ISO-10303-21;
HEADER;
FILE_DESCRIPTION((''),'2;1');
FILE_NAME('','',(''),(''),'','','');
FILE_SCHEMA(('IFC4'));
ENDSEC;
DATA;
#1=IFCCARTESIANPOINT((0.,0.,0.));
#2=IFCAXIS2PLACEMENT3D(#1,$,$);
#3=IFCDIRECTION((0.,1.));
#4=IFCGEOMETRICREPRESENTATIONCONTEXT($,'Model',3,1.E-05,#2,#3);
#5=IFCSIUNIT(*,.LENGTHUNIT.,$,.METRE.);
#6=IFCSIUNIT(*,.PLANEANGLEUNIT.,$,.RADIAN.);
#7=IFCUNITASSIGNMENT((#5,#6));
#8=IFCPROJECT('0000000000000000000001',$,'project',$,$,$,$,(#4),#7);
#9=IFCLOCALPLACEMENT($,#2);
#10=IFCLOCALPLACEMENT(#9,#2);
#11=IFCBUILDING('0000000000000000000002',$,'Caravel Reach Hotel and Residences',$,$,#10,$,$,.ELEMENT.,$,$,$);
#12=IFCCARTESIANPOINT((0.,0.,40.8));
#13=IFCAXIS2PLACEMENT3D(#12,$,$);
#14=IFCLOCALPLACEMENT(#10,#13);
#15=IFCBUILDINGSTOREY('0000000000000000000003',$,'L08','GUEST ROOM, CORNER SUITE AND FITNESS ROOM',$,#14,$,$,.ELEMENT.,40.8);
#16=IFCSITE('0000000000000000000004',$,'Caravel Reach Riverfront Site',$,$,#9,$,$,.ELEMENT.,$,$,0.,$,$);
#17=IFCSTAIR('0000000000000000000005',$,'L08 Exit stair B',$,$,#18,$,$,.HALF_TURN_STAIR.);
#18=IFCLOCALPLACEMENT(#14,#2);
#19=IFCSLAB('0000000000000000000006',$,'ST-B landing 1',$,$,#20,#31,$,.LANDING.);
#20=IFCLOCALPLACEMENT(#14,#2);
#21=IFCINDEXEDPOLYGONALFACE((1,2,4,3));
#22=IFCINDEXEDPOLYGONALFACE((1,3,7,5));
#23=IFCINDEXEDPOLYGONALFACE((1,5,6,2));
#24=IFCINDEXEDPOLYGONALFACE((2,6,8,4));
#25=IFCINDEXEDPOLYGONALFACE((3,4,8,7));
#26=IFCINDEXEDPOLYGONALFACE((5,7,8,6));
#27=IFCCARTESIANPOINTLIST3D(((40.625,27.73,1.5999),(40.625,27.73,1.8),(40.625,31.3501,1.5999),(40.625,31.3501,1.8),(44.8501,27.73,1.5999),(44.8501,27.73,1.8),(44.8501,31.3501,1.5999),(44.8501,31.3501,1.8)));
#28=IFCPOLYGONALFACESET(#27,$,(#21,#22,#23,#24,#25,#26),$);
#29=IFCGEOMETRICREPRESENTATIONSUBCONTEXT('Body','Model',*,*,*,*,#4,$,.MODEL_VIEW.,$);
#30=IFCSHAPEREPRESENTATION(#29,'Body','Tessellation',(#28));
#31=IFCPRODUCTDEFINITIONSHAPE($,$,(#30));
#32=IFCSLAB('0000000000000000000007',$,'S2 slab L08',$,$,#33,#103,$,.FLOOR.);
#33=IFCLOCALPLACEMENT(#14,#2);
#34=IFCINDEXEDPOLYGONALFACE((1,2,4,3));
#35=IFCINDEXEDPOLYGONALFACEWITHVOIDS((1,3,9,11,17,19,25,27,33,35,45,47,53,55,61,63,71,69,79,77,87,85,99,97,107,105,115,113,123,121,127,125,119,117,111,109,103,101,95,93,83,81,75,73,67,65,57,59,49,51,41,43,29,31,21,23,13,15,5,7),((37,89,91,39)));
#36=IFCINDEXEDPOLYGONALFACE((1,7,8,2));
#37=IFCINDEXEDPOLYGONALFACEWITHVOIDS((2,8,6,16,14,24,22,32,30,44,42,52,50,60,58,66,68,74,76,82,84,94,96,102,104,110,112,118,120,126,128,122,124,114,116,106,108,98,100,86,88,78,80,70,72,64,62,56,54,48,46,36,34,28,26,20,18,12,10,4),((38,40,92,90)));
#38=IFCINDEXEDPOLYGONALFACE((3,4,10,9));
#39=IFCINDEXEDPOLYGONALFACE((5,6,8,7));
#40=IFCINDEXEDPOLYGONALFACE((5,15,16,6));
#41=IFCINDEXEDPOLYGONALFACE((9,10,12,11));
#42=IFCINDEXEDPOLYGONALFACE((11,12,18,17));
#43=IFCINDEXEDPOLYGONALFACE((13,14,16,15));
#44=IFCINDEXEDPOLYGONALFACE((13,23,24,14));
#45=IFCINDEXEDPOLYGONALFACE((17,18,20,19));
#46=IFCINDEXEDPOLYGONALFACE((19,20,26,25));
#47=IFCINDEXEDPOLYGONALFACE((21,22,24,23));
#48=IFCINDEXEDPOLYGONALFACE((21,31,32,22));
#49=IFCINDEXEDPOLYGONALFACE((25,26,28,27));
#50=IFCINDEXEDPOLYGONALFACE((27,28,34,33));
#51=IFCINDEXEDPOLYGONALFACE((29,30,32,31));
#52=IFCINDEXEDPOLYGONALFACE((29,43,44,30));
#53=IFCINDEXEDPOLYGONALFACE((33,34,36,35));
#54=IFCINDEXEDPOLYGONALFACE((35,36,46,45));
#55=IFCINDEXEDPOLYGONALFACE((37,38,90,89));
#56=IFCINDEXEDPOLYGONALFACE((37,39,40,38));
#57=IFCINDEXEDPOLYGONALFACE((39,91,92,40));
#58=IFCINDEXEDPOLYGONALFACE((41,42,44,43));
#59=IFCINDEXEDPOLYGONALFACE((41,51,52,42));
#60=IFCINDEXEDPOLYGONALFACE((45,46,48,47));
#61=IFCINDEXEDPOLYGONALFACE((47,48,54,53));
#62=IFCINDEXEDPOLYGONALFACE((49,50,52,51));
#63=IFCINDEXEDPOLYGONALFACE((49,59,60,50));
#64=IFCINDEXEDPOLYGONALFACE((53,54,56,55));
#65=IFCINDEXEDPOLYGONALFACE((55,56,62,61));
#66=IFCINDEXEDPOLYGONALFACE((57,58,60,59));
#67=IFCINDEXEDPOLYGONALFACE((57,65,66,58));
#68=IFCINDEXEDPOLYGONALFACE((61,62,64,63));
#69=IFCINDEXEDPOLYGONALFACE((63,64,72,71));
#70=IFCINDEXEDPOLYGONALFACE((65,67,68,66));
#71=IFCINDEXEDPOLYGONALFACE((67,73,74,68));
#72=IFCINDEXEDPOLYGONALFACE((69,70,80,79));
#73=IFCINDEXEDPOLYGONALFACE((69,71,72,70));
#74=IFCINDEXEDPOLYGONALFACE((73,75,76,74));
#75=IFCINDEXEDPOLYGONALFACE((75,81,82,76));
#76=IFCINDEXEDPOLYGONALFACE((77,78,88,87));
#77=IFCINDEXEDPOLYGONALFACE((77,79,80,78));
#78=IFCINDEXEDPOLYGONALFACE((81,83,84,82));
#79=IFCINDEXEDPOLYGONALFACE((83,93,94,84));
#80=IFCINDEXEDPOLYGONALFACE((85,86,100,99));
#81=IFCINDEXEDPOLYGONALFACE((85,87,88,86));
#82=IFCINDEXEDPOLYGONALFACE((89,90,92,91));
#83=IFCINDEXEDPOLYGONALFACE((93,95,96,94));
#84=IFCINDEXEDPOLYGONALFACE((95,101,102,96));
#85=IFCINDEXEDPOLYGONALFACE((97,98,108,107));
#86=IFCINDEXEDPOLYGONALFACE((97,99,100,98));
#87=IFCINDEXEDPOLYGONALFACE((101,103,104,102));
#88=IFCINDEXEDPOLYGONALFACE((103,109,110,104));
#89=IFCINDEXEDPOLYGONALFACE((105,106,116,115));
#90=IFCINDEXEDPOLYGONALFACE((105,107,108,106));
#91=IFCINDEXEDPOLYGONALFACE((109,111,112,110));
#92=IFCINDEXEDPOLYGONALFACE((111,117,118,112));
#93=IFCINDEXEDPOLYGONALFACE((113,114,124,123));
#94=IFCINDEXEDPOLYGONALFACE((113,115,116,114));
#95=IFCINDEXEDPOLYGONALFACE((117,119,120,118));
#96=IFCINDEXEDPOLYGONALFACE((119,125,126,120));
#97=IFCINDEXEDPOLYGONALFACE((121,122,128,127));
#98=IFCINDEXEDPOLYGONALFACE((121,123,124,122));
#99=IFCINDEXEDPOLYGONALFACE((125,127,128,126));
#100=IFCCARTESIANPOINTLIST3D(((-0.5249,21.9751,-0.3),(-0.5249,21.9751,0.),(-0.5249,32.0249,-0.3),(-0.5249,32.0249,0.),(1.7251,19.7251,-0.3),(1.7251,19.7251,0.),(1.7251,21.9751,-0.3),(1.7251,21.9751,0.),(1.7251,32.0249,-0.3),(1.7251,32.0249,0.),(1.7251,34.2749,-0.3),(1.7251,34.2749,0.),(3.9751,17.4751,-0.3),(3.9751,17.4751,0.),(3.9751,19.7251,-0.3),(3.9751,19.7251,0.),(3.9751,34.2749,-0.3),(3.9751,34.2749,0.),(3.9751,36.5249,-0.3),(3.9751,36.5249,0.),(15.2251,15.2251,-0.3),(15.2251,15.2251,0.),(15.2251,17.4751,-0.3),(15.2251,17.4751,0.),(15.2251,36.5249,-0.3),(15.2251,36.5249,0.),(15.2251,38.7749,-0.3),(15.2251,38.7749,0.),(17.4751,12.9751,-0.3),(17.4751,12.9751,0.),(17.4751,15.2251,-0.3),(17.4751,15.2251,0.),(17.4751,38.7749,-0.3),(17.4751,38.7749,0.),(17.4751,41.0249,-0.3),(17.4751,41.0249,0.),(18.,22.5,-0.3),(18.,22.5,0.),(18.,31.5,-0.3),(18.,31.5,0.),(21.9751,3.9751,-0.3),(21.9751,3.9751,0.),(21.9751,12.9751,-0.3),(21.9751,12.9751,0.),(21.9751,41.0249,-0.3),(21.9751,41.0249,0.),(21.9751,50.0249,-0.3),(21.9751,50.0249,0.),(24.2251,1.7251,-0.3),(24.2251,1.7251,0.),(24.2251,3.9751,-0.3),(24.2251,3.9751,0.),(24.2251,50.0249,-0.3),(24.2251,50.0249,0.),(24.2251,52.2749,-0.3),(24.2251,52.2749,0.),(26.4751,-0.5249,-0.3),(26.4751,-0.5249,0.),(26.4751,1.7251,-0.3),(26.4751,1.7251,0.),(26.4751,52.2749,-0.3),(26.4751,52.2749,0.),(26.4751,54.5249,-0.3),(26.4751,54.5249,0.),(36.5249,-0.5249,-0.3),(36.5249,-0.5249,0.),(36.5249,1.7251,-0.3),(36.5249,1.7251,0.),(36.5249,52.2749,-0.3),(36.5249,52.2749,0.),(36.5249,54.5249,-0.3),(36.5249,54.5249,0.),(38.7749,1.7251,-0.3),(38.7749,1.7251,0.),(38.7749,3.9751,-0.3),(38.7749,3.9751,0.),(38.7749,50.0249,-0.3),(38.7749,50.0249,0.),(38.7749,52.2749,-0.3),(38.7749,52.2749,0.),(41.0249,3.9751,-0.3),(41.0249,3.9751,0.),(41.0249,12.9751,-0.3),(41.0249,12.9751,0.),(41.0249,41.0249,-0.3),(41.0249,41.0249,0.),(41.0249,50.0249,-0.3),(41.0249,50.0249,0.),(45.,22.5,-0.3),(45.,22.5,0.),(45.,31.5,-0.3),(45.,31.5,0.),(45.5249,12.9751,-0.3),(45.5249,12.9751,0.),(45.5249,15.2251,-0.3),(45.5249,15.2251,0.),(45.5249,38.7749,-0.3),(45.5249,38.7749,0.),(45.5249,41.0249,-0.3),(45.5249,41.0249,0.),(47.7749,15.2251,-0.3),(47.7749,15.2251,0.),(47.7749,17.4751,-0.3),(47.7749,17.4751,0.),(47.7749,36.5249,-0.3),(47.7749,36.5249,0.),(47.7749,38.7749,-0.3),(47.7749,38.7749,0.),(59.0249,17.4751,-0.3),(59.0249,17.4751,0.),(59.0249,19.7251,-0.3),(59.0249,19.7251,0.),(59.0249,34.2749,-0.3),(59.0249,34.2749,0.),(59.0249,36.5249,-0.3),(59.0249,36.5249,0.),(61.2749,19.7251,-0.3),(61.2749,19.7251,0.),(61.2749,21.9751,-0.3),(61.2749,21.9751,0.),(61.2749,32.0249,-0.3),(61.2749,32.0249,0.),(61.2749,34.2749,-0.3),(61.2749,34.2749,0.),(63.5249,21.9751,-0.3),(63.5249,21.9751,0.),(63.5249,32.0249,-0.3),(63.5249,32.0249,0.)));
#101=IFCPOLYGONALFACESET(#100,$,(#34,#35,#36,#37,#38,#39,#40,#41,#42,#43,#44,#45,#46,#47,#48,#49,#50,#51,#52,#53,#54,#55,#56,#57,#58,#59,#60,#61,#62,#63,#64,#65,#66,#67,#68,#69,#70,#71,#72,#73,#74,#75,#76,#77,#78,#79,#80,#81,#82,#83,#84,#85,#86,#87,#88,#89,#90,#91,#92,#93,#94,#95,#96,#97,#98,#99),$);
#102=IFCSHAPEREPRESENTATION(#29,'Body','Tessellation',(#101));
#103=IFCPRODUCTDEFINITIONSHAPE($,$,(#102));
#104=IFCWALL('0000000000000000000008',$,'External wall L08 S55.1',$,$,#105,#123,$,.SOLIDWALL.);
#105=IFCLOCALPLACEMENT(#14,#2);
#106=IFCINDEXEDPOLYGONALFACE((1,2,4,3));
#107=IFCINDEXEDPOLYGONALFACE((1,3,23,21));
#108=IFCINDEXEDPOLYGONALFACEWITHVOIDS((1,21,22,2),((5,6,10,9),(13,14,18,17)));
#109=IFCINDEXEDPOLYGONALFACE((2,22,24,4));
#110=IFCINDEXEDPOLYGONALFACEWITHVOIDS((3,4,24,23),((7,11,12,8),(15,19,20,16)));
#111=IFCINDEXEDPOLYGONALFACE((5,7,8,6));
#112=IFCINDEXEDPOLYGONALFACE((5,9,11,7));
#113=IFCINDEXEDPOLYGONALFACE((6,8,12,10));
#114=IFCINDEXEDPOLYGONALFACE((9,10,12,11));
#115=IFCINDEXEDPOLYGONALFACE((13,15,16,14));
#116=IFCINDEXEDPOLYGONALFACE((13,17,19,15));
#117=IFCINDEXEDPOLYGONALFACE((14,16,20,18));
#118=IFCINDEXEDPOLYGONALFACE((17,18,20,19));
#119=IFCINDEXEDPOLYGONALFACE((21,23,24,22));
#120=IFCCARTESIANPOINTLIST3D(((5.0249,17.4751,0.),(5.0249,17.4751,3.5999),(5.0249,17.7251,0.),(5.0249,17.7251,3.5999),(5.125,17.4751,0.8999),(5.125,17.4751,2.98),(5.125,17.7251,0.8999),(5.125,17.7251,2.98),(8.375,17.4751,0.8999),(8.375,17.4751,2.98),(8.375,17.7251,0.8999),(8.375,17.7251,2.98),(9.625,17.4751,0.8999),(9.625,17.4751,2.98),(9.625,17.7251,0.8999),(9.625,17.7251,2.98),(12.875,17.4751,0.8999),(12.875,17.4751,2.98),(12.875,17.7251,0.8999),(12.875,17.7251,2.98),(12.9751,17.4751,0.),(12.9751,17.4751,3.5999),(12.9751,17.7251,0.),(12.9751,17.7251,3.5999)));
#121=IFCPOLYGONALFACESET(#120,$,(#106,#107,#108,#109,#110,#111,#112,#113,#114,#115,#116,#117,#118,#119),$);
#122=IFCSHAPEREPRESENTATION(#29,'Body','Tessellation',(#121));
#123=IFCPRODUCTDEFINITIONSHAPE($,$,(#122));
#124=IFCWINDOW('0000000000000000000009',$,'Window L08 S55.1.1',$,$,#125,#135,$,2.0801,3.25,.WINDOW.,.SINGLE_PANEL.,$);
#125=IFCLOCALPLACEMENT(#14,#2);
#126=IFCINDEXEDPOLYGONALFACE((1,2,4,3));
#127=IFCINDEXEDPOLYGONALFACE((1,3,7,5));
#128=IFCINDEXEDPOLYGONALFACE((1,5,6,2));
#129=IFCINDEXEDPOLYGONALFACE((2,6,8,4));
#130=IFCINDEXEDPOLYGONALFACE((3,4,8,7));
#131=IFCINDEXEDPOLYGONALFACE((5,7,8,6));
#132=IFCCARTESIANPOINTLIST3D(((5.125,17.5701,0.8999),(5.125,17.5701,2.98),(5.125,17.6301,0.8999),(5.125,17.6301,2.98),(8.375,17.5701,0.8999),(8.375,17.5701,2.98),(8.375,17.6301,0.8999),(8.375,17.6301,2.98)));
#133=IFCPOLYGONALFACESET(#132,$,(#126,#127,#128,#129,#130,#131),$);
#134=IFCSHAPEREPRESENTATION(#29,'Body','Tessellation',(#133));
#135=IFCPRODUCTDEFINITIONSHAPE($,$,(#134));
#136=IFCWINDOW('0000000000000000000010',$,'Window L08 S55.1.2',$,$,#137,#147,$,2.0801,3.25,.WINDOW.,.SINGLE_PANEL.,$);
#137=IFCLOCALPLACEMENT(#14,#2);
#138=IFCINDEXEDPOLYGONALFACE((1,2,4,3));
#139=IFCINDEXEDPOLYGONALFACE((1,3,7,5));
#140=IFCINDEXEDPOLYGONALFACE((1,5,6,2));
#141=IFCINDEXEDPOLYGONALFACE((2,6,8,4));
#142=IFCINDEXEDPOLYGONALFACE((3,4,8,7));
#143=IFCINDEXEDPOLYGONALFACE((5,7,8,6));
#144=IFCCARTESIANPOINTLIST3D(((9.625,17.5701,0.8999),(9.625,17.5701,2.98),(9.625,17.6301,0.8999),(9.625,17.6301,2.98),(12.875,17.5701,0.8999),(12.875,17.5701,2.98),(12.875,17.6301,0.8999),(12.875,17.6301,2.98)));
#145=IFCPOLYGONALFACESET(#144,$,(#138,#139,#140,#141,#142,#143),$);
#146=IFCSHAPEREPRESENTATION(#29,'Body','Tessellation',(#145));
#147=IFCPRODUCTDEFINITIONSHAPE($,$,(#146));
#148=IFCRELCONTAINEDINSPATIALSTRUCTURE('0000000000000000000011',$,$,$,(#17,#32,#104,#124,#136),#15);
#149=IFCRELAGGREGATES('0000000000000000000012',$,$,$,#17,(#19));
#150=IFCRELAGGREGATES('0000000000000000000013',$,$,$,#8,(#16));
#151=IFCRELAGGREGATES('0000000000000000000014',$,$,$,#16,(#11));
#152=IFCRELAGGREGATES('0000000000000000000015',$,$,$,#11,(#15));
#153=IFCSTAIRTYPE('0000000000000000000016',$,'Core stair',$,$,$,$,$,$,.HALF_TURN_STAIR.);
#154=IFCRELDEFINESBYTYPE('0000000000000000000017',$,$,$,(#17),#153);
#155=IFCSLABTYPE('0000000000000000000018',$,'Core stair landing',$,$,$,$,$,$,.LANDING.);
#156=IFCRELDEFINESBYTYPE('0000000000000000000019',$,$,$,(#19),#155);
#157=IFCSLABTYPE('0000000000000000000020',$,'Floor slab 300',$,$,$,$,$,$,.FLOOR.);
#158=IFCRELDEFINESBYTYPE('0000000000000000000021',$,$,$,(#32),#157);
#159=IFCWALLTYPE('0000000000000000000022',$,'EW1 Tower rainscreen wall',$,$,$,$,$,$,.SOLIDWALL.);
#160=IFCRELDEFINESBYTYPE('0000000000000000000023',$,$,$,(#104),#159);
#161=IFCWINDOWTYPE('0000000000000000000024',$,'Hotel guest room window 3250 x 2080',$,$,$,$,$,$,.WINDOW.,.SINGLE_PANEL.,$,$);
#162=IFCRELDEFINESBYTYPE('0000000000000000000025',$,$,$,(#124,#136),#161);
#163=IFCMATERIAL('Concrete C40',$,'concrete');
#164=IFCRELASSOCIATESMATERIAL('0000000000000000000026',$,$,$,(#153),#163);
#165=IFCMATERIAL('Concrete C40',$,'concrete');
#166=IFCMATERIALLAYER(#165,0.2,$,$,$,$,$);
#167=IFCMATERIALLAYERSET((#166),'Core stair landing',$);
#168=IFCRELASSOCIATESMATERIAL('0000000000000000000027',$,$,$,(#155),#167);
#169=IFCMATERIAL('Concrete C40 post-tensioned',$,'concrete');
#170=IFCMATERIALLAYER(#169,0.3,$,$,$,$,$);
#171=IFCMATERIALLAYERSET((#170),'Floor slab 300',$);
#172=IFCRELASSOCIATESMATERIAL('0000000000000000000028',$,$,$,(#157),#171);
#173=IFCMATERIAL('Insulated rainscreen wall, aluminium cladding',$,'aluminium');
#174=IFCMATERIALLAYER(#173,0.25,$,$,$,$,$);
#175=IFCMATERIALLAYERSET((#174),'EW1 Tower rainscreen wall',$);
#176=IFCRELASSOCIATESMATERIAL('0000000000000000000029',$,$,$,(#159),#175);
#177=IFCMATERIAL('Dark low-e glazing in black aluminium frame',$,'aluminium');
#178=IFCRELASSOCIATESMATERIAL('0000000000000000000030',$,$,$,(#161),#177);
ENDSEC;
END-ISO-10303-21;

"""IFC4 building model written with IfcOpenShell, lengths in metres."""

from ifc_helpers import new_model, si_unit, direction, frame, frame_2d, origin, place, context, subcontext, project, spatial, polyline, rectangle, outline, extrude, material, layer, layer_set, type_object, element, fill, aggregate, save


model = new_model("IFC4")

# Units and contexts
model_context = context("Model", 3, precision=1e-05, world=origin(), true_north=direction((0.0, 1.0)))
body_context = subcontext(model_context, "Body", "Model", "MODEL_VIEW")
ifc_project = project(units=[si_unit("LENGTHUNIT", "METRE"), si_unit("PLANEANGLEUNIT", "RADIAN")], contexts=[model_context])

# Site, building, storey
site_placement = place(None, origin())
site = spatial("IfcSite", under=ifc_project, at=site_placement, Name="Caravel Reach Riverfront Site", CompositionType="ELEMENT", RefElevation=0.0)
building_placement = place(site_placement, origin())
building = spatial("IfcBuilding", under=site, at=building_placement, Name="Caravel Reach Hotel and Residences", CompositionType="ELEMENT")
storey_placement = place(building_placement, frame((0.0, 0.0, 40.8)))
storey = spatial("IfcBuildingStorey", under=building, at=storey_placement, Name="L08", Description="GUEST ROOM, CORNER SUITE AND FITNESS ROOM", CompositionType="ELEMENT", Elevation=40.8)

# Stair, slab
ifc_material_1 = material(Name="Concrete C40", Category="concrete")
stair_type = type_object("IfcStairType", Name="Core stair", PredefinedType="HALF_TURN_STAIR", material=ifc_material_1)
ifc_material_2 = material(Name="Concrete C40", Category="concrete")
ifc_layer_1 = layer(ifc_material_2, 0.2)
ifc_layer_set_1 = layer_set([ifc_layer_1], Name="Core stair landing")
slab_type_1 = type_object("IfcSlabType", Name="Core stair landing", PredefinedType="LANDING", material=ifc_layer_set_1)
stair_1_placement = place(storey_placement, origin())
stair_1 = element("IfcStair", 1, at=stair_1_placement, inside=storey, type_object=stair_type, Name="L08 Exit stair B", PredefinedType="HALF_TURN_STAIR")
slab_1_placement = place(storey_placement, frame((0.0, 0.0, 1.5999)))
slab_1 = element("IfcSlab", 2, at=slab_1_placement, type_object=slab_type_1, Name="ST-B landing 1", PredefinedType="LANDING", context=body_context, shape_type="SweptSolid", body=[
    extrude(outline(polyline([(44.8501, 27.73), (44.8501, 31.3501), (40.625, 31.3501), (40.625, 27.73), (44.8501, 27.73)])), origin(), (0.0, 0.0, 1.0), 0.2002),
])
aggregate(stair_1, [slab_1])

# Slab
ifc_material_3 = material(Name="Concrete C40 post-tensioned", Category="concrete")
ifc_layer_2 = layer(ifc_material_3, 0.3)
ifc_layer_set_2 = layer_set([ifc_layer_2], Name="Floor slab 300")
slab_type_2 = type_object("IfcSlabType", Name="Floor slab 300", PredefinedType="FLOOR", material=ifc_layer_set_2)
slab_2_placement = place(storey_placement, frame((0.0, 0.0, -0.3)))
element("IfcSlab", 3, at=slab_2_placement, inside=storey, type_object=slab_type_2, Name="S2 slab L08", PredefinedType="FLOOR", context=body_context, shape_type="SweptSolid", body=[
    extrude(outline(polyline([(17.4751, 12.9751), (17.4751, 15.2251), (15.2251, 15.2251), (15.2251, 17.4751), (3.9751, 17.4751), (3.9751, 19.7251), (1.7251, 19.7251), (1.7251, 21.9751), (-0.5249, 21.9751), (-0.5249, 32.0249), (1.7251, 32.0249), (1.7251, 34.2749), (3.9751, 34.2749), (3.9751, 36.5249), (15.2251, 36.5249), (15.2251, 38.7749), (17.4751, 38.7749), (17.4751, 41.0249), (21.9751, 41.0249), (21.9751, 50.0249), (24.2251, 50.0249), (24.2251, 52.2749), (26.4751, 52.2749), (26.4751, 54.5249), (36.5249, 54.5249), (36.5249, 52.2749), (38.7749, 52.2749), (38.7749, 50.0249), (41.0249, 50.0249), (41.0249, 41.0249), (45.5249, 41.0249), (45.5249, 38.7749), (47.7749, 38.7749), (47.7749, 36.5249), (59.0249, 36.5249), (59.0249, 34.2749), (61.2749, 34.2749), (61.2749, 32.0249), (63.5249, 32.0249), (63.5249, 21.9751), (61.2749, 21.9751), (61.2749, 19.7251), (59.0249, 19.7251), (59.0249, 17.4751), (47.7749, 17.4751), (47.7749, 15.2251), (45.5249, 15.2251), (45.5249, 12.9751), (41.0249, 12.9751), (41.0249, 3.9751), (38.7749, 3.9751), (38.7749, 1.7251), (36.5249, 1.7251), (36.5249, -0.5249), (26.4751, -0.5249), (26.4751, 1.7251), (24.2251, 1.7251), (24.2251, 3.9751), (21.9751, 3.9751), (21.9751, 12.9751), (17.4751, 12.9751)]), holes=[polyline([(45.0, 31.5), (18.0, 31.5), (18.0, 22.5), (45.0, 22.5), (45.0, 31.5)])]), origin(), (0.0, 0.0, 1.0), 0.3),
])

# Wall, openings, windows
ifc_material_4 = material(Name="Insulated rainscreen wall, aluminium cladding", Category="aluminium")
ifc_layer_3 = layer(ifc_material_4, 0.25)
ifc_layer_set_3 = layer_set([ifc_layer_3], Name="EW1 Tower rainscreen wall")
wall_type_1 = type_object("IfcWallType", Name="EW1 Tower rainscreen wall", PredefinedType="SOLIDWALL", material=ifc_layer_set_3)
wall_1_placement = place(storey_placement, frame((5.0249, 17.6001, 0.0), z_axis=(0.0, 0.0, 1.0), x_axis=(1.0, 0.0, 0.0)))
wall_1 = element("IfcWall", 4, at=wall_1_placement, inside=storey, type_object=wall_type_1, Name="External wall L08 S55.1", PredefinedType="SOLIDWALL", context=body_context, shape_type="SweptSolid", body=[
    extrude(rectangle(XDim=7.9502, YDim=0.25, at=frame_2d((3.9751, 0.0))), origin(), (0.0, 0.0, 1.0), 3.5999),
])
opening_1_placement = place(wall_1_placement, frame((0.1001, 0.0, 0.8999)))
opening_1 = element("IfcOpeningElement", 5, at=opening_1_placement, cuts=wall_1, PredefinedType="OPENING", context=body_context, shape_type="SweptSolid", body=[
    extrude(rectangle(XDim=3.25, YDim=2.0801, at=frame_2d((1.625, 1.04))), frame((0.0, 0.135, 0.0), z_axis=(0.0, -1.0, 0.0), x_axis=(1.0, 0.0, 0.0)), (0.0, 0.0, 1.0), 0.27),
])
opening_2_placement = place(wall_1_placement, frame((4.6001, 0.0, 0.8999)))
opening_2 = element("IfcOpeningElement", 6, at=opening_2_placement, cuts=wall_1, PredefinedType="OPENING", context=body_context, shape_type="SweptSolid", body=[
    extrude(rectangle(XDim=3.25, YDim=2.0801, at=frame_2d((1.625, 1.04))), frame((0.0, 0.135, 0.0), z_axis=(0.0, -1.0, 0.0), x_axis=(1.0, 0.0, 0.0)), (0.0, 0.0, 1.0), 0.27),
])
ifc_material_5 = material(Name="Dark low-e glazing in black aluminium frame", Category="aluminium")
window_type_1 = type_object("IfcWindowType", Name="Hotel guest room window 3250 x 2080", PartitioningType="SINGLE_PANEL", PredefinedType="WINDOW", material=ifc_material_5)
window_1_placement = place(opening_1_placement, origin())
window_1 = element("IfcWindow", 7, at=window_1_placement, inside=storey, type_object=window_type_1, Name="Window L08 S55.1.1", OverallHeight=2.0801, OverallWidth=3.25, PartitioningType="SINGLE_PANEL", PredefinedType="WINDOW", context=body_context, shape_type="SweptSolid", body=[
    extrude(rectangle(XDim=3.25, YDim=2.0801, at=frame_2d((1.625, 1.04))), frame((0.0, 0.03, 0.0), z_axis=(0.0, -1.0, 0.0), x_axis=(1.0, 0.0, 0.0)), (0.0, 0.0, 1.0), 0.0601),
])
fill(opening_1, window_1)
window_2_placement = place(opening_2_placement, origin())
window_2 = element("IfcWindow", 8, at=window_2_placement, inside=storey, type_object=window_type_1, Name="Window L08 S55.1.2", OverallHeight=2.0801, OverallWidth=3.25, PartitioningType="SINGLE_PANEL", PredefinedType="WINDOW", context=body_context, shape_type="SweptSolid", body=[
    extrude(rectangle(XDim=3.25, YDim=2.0801, at=frame_2d((1.625, 1.04))), frame((0.0, 0.03, 0.0), z_axis=(0.0, -1.0, 0.0), x_axis=(1.0, 0.0, 0.0)), (0.0, 0.0, 1.0), 0.0601),
])
fill(opening_2, window_2)

save(model, "model.ifc")
